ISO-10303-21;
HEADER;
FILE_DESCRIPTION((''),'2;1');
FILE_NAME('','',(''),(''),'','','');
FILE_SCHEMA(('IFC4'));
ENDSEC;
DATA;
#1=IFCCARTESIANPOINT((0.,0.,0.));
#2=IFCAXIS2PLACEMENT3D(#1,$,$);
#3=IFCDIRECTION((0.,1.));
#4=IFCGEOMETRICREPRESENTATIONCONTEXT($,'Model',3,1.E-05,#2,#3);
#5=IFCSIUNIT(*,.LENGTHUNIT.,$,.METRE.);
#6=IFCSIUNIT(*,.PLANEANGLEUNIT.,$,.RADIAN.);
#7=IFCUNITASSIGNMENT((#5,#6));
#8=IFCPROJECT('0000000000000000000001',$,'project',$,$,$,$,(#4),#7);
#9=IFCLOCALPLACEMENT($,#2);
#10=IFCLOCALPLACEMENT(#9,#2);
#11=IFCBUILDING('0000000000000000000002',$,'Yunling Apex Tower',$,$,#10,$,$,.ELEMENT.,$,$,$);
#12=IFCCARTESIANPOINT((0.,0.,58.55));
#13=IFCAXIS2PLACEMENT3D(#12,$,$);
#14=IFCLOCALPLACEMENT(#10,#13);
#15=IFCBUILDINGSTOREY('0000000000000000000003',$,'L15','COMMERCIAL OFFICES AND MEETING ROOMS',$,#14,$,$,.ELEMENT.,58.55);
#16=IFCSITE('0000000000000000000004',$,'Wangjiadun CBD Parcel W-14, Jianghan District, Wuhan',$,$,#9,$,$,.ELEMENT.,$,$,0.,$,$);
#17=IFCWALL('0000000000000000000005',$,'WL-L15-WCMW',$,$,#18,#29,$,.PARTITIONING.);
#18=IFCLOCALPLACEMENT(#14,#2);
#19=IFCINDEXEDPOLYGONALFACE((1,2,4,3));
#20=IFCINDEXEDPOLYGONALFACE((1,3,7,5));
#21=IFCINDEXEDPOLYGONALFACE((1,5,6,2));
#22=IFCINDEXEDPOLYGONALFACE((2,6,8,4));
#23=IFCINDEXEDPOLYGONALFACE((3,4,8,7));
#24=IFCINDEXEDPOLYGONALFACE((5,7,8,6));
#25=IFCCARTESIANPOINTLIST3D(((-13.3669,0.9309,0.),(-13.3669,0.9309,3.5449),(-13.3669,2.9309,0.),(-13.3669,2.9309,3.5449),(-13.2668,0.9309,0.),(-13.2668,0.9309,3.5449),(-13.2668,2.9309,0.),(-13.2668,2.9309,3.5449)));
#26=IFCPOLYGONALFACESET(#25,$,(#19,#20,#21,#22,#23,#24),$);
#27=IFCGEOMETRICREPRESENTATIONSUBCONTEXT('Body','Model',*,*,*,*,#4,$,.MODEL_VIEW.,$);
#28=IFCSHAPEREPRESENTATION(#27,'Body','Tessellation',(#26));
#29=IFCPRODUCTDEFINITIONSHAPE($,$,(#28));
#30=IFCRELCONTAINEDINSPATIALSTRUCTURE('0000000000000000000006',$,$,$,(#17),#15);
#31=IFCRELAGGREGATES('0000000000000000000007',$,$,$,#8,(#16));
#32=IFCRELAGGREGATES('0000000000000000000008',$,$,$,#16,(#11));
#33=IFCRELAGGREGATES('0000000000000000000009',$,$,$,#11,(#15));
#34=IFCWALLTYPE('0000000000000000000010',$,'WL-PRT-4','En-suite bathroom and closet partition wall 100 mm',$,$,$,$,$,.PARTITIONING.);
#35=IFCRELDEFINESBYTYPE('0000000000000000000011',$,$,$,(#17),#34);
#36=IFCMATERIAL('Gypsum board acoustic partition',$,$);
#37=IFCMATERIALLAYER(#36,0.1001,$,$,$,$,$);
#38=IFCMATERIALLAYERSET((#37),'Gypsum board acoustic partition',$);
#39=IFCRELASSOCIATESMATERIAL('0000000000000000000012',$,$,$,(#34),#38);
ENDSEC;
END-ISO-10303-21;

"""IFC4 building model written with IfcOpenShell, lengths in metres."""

from ifc_helpers import new_model, si_unit, direction, frame, frame_2d, origin, place, context, subcontext, project, spatial, rectangle, extrude, material, layer, layer_set, type_object, element, save


model = new_model("IFC4")

# Units and contexts
model_context = context("Model", 3, precision=1e-05, world=origin(), true_north=direction((0.0, 1.0)))
body_context = subcontext(model_context, "Body", "Model", "MODEL_VIEW")
ifc_project = project(units=[si_unit("LENGTHUNIT", "METRE"), si_unit("PLANEANGLEUNIT", "RADIAN")], contexts=[model_context])

# Site, building, storey
site_placement = place(None, origin())
site = spatial("IfcSite", under=ifc_project, at=site_placement, Name="Wangjiadun CBD Parcel W-14, Jianghan District, Wuhan", CompositionType="ELEMENT", RefElevation=0.0)
building_placement = place(site_placement, origin())
building = spatial("IfcBuilding", under=site, at=building_placement, Name="Yunling Apex Tower", CompositionType="ELEMENT")
storey_placement = place(building_placement, frame((0.0, 0.0, 58.55)))
storey = spatial("IfcBuildingStorey", under=building, at=storey_placement, Name="L15", Description="COMMERCIAL OFFICES AND MEETING ROOMS", CompositionType="ELEMENT", Elevation=58.55)

# Shared definitions
ifc_material_1 = material(Name="Gypsum board acoustic partition")

# Wall
ifc_layer_1 = layer(ifc_material_1, 0.1001)
ifc_layer_set_1 = layer_set([ifc_layer_1], Name="Gypsum board acoustic partition")
wall_type_1 = type_object("IfcWallType", Name="WL-PRT-4", Description="En-suite bathroom and closet partition wall 100 mm", PredefinedType="PARTITIONING", material=ifc_layer_set_1)
wall_1_placement = place(storey_placement, frame((-13.3169, 0.9309, 0.0), z_axis=(0.0, 0.0, 1.0), x_axis=(0.0, 1.0, 0.0)))
element("IfcWall", 1, at=wall_1_placement, inside=storey, type_object=wall_type_1, Name="WL-L15-WCMW", PredefinedType="PARTITIONING", context=body_context, shape_type="SweptSolid", body=[
    extrude(rectangle(XDim=2.0, YDim=0.1001, at=frame_2d((1.0, 0.0))), origin(), (0.0, 0.0, 1.0), 3.5449),
])

save(model, "model.ifc")
